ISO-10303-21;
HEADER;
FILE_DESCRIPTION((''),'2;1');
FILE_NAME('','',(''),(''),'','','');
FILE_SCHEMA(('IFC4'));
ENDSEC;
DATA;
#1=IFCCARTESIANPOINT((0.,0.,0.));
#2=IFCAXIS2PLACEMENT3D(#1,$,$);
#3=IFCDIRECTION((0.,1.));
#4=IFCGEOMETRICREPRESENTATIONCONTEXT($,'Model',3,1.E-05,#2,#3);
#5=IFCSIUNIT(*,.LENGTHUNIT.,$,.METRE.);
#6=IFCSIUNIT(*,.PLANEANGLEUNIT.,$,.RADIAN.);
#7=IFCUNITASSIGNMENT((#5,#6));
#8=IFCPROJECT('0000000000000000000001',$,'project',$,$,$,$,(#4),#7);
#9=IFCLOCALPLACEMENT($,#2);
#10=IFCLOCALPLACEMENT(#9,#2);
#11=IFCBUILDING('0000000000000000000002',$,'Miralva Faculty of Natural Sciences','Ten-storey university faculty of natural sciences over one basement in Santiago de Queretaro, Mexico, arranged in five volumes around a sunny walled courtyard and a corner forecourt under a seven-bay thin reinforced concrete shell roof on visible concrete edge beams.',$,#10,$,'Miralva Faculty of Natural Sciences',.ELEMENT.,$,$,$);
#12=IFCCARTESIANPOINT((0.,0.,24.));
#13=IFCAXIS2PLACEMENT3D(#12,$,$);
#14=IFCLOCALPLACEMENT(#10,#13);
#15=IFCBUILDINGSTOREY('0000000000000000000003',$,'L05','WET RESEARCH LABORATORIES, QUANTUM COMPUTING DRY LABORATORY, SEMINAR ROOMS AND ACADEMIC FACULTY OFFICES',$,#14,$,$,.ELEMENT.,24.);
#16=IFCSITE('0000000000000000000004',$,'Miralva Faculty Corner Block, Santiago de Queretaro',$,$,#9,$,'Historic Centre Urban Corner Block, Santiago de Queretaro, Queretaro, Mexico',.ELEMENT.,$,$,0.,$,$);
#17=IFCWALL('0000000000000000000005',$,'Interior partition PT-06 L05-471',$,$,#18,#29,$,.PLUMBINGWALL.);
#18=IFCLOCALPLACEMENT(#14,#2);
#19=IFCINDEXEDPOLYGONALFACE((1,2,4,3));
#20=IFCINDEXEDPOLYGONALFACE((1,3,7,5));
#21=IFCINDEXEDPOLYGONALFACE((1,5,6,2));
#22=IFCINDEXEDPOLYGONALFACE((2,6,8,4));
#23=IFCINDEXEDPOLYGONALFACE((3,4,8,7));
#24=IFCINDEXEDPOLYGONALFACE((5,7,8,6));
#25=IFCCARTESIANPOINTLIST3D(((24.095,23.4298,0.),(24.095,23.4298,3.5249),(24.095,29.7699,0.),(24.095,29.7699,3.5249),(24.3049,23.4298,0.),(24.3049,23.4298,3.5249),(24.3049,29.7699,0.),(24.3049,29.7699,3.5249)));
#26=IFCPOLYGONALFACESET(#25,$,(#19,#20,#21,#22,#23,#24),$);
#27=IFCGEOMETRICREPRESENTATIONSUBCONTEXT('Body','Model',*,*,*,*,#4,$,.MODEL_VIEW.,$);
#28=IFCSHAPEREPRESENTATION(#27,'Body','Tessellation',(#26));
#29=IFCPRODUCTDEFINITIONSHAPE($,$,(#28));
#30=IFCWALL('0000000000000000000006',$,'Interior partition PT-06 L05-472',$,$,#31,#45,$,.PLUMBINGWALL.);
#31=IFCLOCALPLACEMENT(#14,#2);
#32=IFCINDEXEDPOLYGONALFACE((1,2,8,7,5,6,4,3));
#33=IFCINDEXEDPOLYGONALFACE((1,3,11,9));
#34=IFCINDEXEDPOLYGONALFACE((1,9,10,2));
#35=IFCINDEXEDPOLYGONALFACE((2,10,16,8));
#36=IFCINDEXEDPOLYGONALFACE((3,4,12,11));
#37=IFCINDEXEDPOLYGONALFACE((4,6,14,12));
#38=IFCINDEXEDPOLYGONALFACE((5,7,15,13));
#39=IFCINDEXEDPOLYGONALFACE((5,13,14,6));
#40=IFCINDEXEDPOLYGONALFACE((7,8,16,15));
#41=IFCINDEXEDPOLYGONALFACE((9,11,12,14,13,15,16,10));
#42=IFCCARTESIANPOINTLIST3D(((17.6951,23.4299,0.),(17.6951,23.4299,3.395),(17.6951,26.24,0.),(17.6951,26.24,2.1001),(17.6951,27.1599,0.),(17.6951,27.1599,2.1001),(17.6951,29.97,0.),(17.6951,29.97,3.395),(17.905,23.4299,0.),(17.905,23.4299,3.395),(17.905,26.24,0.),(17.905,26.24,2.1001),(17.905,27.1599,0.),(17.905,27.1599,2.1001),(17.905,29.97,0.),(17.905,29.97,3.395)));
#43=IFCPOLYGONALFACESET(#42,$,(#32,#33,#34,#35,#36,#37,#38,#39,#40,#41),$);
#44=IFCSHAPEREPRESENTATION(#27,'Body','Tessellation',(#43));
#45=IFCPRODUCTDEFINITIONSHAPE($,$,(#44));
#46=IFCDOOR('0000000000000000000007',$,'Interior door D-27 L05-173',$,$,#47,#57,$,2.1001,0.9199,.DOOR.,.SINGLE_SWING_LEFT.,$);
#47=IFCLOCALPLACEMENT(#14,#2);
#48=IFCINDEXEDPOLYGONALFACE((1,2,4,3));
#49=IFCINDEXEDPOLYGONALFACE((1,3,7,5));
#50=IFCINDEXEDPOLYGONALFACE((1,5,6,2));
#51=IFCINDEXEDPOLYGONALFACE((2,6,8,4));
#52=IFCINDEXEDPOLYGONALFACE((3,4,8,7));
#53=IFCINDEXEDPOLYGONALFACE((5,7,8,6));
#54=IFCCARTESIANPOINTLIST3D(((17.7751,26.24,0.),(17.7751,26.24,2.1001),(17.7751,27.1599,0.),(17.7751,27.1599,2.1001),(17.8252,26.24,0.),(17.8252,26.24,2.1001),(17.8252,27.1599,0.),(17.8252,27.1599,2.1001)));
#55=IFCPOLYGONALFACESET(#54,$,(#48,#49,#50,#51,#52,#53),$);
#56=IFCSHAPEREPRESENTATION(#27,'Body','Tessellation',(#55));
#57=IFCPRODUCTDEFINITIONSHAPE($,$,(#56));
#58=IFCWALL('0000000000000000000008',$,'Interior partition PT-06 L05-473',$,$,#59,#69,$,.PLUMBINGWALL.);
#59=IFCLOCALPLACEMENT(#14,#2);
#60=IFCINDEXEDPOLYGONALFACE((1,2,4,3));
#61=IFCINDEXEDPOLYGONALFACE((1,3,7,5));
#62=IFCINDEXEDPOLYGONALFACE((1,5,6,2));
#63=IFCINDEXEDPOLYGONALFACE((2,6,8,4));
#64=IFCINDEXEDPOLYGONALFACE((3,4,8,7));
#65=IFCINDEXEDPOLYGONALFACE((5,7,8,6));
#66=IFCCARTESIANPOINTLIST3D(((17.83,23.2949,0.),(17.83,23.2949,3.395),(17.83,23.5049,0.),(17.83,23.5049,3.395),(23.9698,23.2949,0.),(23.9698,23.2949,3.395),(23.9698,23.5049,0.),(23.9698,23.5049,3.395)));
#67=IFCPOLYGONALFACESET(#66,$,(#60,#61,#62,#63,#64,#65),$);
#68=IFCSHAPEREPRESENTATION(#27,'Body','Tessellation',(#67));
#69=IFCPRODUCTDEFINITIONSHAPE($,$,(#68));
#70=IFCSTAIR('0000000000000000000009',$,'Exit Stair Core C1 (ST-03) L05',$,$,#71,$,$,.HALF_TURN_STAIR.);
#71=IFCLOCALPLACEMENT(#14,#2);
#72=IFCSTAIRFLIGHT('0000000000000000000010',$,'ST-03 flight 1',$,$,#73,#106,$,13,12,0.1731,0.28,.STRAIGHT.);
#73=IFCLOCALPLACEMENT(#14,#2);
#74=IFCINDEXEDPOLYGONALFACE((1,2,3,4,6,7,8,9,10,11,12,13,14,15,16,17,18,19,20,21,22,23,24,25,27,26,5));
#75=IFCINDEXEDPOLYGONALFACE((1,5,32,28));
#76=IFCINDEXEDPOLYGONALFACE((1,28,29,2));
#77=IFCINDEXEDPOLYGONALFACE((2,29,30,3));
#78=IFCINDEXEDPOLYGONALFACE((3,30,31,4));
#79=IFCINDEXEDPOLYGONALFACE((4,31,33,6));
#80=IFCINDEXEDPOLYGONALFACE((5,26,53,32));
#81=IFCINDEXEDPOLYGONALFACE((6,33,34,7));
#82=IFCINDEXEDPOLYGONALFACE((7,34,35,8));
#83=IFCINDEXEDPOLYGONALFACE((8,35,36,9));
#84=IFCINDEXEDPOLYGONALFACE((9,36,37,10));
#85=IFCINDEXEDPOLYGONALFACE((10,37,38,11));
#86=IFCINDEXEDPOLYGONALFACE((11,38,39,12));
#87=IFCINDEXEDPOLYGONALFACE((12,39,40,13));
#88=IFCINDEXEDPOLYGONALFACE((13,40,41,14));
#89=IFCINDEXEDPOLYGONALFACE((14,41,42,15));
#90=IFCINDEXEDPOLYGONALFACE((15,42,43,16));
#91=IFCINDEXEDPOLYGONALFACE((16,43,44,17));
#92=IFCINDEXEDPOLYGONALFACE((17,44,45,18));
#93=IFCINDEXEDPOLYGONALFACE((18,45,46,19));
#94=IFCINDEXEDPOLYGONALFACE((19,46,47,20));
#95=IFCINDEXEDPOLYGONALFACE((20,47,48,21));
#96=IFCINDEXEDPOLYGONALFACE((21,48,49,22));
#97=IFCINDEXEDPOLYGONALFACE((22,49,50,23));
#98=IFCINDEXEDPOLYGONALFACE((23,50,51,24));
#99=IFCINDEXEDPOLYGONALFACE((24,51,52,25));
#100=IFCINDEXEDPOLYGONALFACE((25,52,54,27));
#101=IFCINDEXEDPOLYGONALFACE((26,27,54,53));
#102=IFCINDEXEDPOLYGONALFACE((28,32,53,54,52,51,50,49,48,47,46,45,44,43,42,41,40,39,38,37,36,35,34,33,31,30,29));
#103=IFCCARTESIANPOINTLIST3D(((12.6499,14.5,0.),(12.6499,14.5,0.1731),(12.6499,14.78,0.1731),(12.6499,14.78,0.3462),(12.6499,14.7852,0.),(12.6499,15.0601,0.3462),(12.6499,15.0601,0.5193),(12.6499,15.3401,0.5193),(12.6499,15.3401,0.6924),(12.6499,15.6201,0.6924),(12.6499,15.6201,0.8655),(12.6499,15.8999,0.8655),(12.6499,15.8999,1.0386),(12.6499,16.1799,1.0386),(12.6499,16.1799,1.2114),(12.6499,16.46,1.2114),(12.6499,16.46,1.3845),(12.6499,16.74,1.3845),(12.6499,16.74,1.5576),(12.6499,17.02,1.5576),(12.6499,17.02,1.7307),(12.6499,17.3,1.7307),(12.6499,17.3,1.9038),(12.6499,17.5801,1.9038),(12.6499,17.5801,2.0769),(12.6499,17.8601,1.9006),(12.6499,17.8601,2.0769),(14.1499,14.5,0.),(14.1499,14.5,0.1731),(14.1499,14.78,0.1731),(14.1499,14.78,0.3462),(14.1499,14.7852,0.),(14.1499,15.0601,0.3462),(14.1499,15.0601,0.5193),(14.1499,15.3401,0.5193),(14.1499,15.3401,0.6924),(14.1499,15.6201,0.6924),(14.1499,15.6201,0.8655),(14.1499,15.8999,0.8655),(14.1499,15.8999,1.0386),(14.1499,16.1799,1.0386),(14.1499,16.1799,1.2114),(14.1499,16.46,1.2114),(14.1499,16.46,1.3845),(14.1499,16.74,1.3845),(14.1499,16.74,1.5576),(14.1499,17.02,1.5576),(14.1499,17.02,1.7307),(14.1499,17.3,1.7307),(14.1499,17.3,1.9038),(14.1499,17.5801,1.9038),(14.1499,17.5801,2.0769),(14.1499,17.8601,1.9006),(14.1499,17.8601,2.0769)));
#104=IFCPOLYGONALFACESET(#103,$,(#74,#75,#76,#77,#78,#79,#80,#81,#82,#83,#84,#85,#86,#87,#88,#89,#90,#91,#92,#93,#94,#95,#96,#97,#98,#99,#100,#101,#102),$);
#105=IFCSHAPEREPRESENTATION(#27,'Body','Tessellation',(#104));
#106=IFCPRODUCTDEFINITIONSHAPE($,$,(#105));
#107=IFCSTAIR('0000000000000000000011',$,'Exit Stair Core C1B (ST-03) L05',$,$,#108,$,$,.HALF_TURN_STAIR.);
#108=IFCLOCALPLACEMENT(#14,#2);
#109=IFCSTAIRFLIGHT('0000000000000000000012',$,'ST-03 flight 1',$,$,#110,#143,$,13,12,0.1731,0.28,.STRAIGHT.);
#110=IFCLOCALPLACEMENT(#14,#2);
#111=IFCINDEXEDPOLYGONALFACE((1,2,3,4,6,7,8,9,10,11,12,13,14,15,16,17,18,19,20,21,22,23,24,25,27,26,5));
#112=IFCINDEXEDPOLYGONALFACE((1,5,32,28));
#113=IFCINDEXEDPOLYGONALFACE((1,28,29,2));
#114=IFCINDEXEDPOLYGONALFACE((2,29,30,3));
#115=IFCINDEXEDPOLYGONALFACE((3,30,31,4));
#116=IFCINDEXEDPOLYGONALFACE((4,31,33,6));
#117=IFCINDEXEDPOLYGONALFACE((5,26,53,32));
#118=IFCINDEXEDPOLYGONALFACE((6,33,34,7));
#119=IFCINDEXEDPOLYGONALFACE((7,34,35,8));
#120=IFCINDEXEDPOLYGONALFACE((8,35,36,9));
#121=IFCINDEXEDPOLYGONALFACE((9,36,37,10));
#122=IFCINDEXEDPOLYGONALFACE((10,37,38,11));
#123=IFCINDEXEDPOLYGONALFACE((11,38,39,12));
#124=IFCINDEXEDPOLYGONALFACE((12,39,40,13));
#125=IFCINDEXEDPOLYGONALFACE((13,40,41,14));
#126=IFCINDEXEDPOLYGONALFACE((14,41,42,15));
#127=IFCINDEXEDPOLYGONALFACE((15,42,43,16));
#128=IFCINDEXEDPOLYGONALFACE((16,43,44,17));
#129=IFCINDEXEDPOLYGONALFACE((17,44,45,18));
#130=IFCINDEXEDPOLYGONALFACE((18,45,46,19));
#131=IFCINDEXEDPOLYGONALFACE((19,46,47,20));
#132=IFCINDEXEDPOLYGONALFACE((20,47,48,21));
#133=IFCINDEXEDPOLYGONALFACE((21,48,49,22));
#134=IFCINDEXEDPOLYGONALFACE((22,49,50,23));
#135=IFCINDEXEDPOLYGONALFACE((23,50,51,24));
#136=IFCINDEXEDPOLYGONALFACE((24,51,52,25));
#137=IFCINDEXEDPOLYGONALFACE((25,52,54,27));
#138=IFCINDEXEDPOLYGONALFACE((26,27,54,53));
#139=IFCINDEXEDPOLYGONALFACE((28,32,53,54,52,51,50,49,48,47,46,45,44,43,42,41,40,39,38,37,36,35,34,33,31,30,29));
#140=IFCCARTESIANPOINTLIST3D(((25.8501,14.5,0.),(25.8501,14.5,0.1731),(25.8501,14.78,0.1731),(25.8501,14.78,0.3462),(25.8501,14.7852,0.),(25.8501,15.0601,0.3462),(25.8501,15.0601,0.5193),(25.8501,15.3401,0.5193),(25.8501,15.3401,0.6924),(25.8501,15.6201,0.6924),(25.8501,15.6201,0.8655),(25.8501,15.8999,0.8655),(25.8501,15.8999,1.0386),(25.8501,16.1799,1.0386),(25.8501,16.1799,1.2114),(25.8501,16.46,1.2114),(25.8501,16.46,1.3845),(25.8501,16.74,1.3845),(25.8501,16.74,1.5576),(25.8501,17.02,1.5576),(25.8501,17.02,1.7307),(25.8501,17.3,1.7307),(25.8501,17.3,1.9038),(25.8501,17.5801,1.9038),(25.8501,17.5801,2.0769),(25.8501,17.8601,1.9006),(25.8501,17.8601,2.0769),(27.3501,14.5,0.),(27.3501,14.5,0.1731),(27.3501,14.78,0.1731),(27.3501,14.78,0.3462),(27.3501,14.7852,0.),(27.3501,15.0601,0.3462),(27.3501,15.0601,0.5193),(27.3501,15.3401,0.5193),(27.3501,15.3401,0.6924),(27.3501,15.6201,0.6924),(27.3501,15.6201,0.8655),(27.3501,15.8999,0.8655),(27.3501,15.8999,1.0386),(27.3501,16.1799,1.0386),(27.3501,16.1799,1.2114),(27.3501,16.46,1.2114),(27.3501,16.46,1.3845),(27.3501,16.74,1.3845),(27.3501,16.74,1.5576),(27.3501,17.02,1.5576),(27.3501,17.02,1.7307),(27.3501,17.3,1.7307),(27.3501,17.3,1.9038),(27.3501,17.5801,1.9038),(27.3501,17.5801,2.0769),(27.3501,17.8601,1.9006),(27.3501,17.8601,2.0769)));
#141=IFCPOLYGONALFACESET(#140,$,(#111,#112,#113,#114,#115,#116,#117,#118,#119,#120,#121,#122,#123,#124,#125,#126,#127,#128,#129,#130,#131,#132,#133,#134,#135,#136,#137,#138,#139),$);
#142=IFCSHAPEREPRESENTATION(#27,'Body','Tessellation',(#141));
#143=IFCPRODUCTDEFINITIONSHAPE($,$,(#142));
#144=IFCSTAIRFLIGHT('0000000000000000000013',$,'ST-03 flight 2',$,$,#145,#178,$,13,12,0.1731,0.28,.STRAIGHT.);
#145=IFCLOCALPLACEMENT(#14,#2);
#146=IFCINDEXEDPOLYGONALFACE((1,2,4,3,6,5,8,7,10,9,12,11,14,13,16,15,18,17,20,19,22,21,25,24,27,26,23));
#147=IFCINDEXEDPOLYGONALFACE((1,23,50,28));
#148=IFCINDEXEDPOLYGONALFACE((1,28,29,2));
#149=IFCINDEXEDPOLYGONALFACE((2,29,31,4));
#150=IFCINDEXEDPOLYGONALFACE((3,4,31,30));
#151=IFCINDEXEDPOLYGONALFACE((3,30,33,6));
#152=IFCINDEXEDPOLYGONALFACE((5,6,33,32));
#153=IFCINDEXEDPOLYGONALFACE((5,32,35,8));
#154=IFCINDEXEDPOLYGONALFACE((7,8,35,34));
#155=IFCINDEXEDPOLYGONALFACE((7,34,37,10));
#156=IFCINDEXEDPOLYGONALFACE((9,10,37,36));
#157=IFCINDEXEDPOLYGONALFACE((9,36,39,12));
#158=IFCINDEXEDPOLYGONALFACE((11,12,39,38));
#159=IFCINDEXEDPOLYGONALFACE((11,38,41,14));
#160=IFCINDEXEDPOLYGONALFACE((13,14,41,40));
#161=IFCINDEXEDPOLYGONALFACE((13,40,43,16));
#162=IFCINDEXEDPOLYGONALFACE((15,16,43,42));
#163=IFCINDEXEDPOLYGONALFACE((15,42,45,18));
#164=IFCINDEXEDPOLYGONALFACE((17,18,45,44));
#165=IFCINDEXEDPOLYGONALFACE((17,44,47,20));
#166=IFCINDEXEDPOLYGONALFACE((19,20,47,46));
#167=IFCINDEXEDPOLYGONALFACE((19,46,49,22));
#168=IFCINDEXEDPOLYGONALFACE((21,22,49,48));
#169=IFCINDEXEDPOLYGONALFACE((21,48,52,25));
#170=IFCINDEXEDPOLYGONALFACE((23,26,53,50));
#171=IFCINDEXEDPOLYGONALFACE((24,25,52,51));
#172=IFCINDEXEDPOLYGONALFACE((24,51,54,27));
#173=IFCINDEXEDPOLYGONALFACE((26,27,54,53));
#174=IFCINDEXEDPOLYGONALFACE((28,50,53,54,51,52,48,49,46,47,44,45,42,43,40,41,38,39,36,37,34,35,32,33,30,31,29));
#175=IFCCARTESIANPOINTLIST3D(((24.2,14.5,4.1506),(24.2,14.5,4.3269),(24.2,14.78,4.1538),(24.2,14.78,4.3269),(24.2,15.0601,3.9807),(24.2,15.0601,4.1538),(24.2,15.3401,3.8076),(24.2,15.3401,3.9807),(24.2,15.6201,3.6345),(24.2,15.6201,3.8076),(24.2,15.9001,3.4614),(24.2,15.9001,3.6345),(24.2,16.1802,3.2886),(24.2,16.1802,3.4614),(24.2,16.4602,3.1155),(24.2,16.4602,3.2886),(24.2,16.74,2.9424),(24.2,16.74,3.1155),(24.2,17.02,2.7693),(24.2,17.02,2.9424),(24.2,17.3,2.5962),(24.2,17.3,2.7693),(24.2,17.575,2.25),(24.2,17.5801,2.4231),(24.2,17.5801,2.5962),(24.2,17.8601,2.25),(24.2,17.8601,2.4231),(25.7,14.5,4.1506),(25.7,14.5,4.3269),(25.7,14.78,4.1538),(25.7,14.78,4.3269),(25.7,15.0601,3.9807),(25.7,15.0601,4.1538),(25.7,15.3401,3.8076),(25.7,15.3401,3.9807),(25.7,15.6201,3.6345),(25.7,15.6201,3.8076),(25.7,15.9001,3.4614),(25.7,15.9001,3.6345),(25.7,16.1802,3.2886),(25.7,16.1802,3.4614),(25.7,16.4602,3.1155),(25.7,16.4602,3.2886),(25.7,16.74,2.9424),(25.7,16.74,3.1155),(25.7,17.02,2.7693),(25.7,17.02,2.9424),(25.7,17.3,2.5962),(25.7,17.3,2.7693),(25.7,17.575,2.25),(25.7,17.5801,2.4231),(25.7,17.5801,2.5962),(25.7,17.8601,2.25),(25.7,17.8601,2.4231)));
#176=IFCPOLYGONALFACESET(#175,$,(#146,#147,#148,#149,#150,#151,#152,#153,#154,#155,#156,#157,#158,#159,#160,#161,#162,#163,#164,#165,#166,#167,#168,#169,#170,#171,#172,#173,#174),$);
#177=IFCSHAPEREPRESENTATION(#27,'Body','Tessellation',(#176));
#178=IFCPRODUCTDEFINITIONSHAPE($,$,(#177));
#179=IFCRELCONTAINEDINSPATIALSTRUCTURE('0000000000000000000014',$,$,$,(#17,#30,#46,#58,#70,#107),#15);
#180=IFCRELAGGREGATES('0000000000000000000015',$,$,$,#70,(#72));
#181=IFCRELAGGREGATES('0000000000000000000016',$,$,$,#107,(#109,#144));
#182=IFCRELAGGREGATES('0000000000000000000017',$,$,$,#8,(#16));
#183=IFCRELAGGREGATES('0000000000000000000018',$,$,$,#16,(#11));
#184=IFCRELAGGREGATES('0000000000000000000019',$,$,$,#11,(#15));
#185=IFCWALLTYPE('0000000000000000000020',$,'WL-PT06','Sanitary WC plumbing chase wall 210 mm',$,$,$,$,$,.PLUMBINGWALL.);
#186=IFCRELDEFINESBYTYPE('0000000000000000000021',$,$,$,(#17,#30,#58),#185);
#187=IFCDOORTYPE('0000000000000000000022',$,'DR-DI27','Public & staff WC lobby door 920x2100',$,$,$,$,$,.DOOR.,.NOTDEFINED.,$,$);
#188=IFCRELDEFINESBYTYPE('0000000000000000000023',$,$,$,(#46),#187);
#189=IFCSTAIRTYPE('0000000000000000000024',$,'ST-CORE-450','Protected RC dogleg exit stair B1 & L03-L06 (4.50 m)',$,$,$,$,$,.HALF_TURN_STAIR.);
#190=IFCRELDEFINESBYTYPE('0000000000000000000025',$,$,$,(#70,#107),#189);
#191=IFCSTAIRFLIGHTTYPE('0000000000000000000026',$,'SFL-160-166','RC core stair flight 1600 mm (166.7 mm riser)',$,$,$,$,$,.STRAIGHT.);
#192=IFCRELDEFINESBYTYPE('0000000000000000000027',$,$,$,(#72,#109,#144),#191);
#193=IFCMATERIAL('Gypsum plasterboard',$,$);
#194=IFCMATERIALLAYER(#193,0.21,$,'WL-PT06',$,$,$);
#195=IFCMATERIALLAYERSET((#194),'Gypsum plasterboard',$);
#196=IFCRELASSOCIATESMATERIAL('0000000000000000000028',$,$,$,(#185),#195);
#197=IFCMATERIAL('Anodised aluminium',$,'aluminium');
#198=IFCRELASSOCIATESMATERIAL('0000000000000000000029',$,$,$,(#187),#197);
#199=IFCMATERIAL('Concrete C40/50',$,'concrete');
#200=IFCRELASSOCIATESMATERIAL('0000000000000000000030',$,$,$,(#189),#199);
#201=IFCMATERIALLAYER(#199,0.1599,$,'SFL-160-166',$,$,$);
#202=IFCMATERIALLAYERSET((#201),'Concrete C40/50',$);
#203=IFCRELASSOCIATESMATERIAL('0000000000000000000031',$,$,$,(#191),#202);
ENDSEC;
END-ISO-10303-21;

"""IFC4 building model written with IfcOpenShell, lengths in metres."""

from ifc_helpers import new_model, si_unit, direction, frame, frame_2d, origin, place, context, subcontext, project, spatial, polyline, rectangle, outline, extrude, material, layer, layer_set, type_object, element, fill, aggregate, save


model = new_model("IFC4")

# Units and contexts
model_context = context("Model", 3, precision=1e-05, world=origin(), true_north=direction((0.0, 1.0)))
body_context = subcontext(model_context, "Body", "Model", "MODEL_VIEW")
ifc_project = project(units=[si_unit("LENGTHUNIT", "METRE"), si_unit("PLANEANGLEUNIT", "RADIAN")], contexts=[model_context])

# Site, building, storey
site_placement = place(None, origin())
site = spatial("IfcSite", under=ifc_project, at=site_placement, Name="Miralva Faculty Corner Block, Santiago de Queretaro", LongName="Historic Centre Urban Corner Block, Santiago de Queretaro, Queretaro, Mexico", CompositionType="ELEMENT", RefElevation=0.0)
building_placement = place(site_placement, origin())
building = spatial("IfcBuilding", under=site, at=building_placement, Name="Miralva Faculty of Natural Sciences", Description="Ten-storey university faculty of natural sciences over one basement in Santiago de Queretaro, Mexico, arranged in five volumes around a sunny walled courtyard and a corner forecourt under a seven-bay thin reinforced concrete shell roof on visible concrete edge beams.", LongName="Miralva Faculty of Natural Sciences", CompositionType="ELEMENT")
storey_placement = place(building_placement, frame((0.0, 0.0, 24.0)))
storey = spatial("IfcBuildingStorey", under=building, at=storey_placement, Name="L05", Description="WET RESEARCH LABORATORIES, QUANTUM COMPUTING DRY LABORATORY, SEMINAR ROOMS AND ACADEMIC FACULTY OFFICES", CompositionType="ELEMENT", Elevation=24.0)

# Shared definitions
ifc_material_1 = material(Name="Concrete C40/50", Category="concrete")

# Shared definitions
ifc_material_2 = material(Name="Gypsum plasterboard")
ifc_material_3 = material(Name="Anodised aluminium", Category="aluminium")

# Wall
ifc_layer_1 = layer(ifc_material_2, 0.21, Name="WL-PT06")
ifc_layer_set_1 = layer_set([ifc_layer_1], Name="Gypsum plasterboard")
wall_type_1 = type_object("IfcWallType", Name="WL-PT06", Description="Sanitary WC plumbing chase wall 210 mm", PredefinedType="PLUMBINGWALL", material=ifc_layer_set_1)
wall_1_placement = place(storey_placement, frame((24.2, 23.4299, 0.0), z_axis=(0.0, 0.0, 1.0), x_axis=(0.0, 1.0, 0.0)))
element("IfcWall", 1, at=wall_1_placement, inside=storey, type_object=wall_type_1, Name="Interior partition PT-06 L05-471", PredefinedType="PLUMBINGWALL", context=body_context, shape_type="SweptSolid", body=[
    extrude(rectangle(XDim=6.3401, YDim=0.21, at=frame_2d((3.1699, 0.0))), origin(), (0.0, 0.0, 1.0), 3.5249),
])

# Wall, opening, door
wall_2_placement = place(storey_placement, frame((17.8, 23.4299, 0.0), z_axis=(0.0, 0.0, 1.0), x_axis=(0.0, 1.0, 0.0)))
wall_2 = element("IfcWall", 2, at=wall_2_placement, inside=storey, type_object=wall_type_1, Name="Interior partition PT-06 L05-472", PredefinedType="PLUMBINGWALL", context=body_context, shape_type="SweptSolid", body=[
    extrude(rectangle(XDim=6.54, YDim=0.21, at=frame_2d((3.27, 0.0))), origin(), (0.0, 0.0, 1.0), 3.395),
])
opening_1_placement = place(wall_2_placement, frame((2.8101, 0.0, 0.0)))
opening_1 = element("IfcOpeningElement", 3, at=opening_1_placement, cuts=wall_2, PredefinedType="OPENING", context=body_context, shape_type="SweptSolid", body=[
    extrude(rectangle(XDim=0.9199, YDim=2.1001, at=frame_2d((0.46, 1.05))), frame((0.0, 0.115, 0.0), z_axis=(0.0, -1.0, 0.0), x_axis=(1.0, 0.0, 0.0)), (0.0, 0.0, 1.0), 0.23),
])
door_type_1 = type_object("IfcDoorType", Name="DR-DI27", Description="Public & staff WC lobby door 920x2100", OperationType="NOTDEFINED", PredefinedType="DOOR", material=ifc_material_3)
door_1_placement = place(opening_1_placement, origin())
door_1 = element("IfcDoor", 4, at=door_1_placement, inside=storey, type_object=door_type_1, Name="Interior door D-27 L05-173", OperationType="SINGLE_SWING_LEFT", OverallHeight=2.1001, OverallWidth=0.9199, PredefinedType="DOOR", context=body_context, shape_type="SweptSolid", body=[
    extrude(rectangle(XDim=0.9199, YDim=2.1001, at=frame_2d((0.46, 1.05))), frame((0.0, 0.0249, 0.0), z_axis=(0.0, -1.0, 0.0), x_axis=(1.0, 0.0, 0.0)), (0.0, 0.0, 1.0), 0.05),
])
fill(opening_1, door_1)

# Wall
wall_3_placement = place(storey_placement, frame((17.8301, 23.3999, 0.0), z_axis=(0.0, 0.0, 1.0), x_axis=(1.0, 0.0, 0.0)))
element("IfcWall", 5, at=wall_3_placement, inside=storey, type_object=wall_type_1, Name="Interior partition PT-06 L05-473", PredefinedType="PLUMBINGWALL", context=body_context, shape_type="SweptSolid", body=[
    extrude(rectangle(XDim=6.1399, YDim=0.21, at=frame_2d((3.0698, 0.0))), origin(), (0.0, 0.0, 1.0), 3.395),
])

# Stair, stair flight
stair_type = type_object("IfcStairType", Name="ST-CORE-450", Description="Protected RC dogleg exit stair B1 & L03-L06 (4.50 m)", PredefinedType="HALF_TURN_STAIR", material=ifc_material_1)
stair_1_placement = place(storey_placement, origin())
stair_1 = element("IfcStair", 6, at=stair_1_placement, inside=storey, type_object=stair_type, Name="Exit Stair Core C1 (ST-03) L05", PredefinedType="HALF_TURN_STAIR")
ifc_layer_2 = layer(ifc_material_1, 0.1599, Name="SFL-160-166")
ifc_layer_set_2 = layer_set([ifc_layer_2], Name="Concrete C40/50")
stair_flight_type = type_object("IfcStairFlightType", Name="SFL-160-166", Description="RC core stair flight 1600 mm (166.7 mm riser)", PredefinedType="STRAIGHT", material=ifc_layer_set_2)
stair_flight_1_placement = place(storey_placement, frame((13.3999, 14.5, 0.0), z_axis=(0.0, 0.0, 1.0), x_axis=(0.0, 1.0, 0.0)))
stair_flight_1 = element("IfcStairFlight", 7, at=stair_flight_1_placement, type_object=stair_flight_type, Name="ST-03 flight 1", NumberOfRisers=13, NumberOfTreads=12, PredefinedType="STRAIGHT", RiserHeight=0.1731, TreadLength=0.28, context=body_context, shape_type="SweptSolid", body=[
    extrude(outline(polyline([(0.0, 0.0), (0.0, 0.1731), (0.28, 0.1731), (0.28, 0.3462), (0.5601, 0.3462), (0.5601, 0.5193), (0.8401, 0.5193), (0.8401, 0.6924), (1.1201, 0.6924), (1.1201, 0.8655), (1.3999, 0.8655), (1.3999, 1.0386), (1.6799, 1.0386), (1.6799, 1.2114), (1.96, 1.2114), (1.96, 1.3845), (2.24, 1.3845), (2.24, 1.5576), (2.52, 1.5576), (2.52, 1.7307), (2.8, 1.7307), (2.8, 1.9038), (3.0801, 1.9038), (3.0801, 2.0769), (3.3601, 2.0769), (3.3601, 2.25), (3.3601, 1.9006), (0.2852, 0.0), (0.0, 0.0)])), frame((0.0, 0.75, 0.0), z_axis=(0.0, -1.0, 0.0), x_axis=(1.0, 0.0, 0.0)), (0.0, 0.0, 1.0), 1.5),
])
aggregate(stair_1, [stair_flight_1])

# Stair, stair flights
stair_2_placement = place(storey_placement, origin())
stair_2 = element("IfcStair", 8, at=stair_2_placement, inside=storey, type_object=stair_type, Name="Exit Stair Core C1B (ST-03) L05", PredefinedType="HALF_TURN_STAIR")
stair_flight_2_placement = place(storey_placement, frame((26.6001, 14.5, 0.0), z_axis=(0.0, 0.0, 1.0), x_axis=(0.0, 1.0, 0.0)))
stair_flight_2 = element("IfcStairFlight", 9, at=stair_flight_2_placement, type_object=stair_flight_type, Name="ST-03 flight 1", NumberOfRisers=13, NumberOfTreads=12, PredefinedType="STRAIGHT", RiserHeight=0.1731, TreadLength=0.28, context=body_context, shape_type="SweptSolid", body=[
    extrude(outline(polyline([(0.0, 0.0), (0.0, 0.1731), (0.28, 0.1731), (0.28, 0.3462), (0.5601, 0.3462), (0.5601, 0.5193), (0.8401, 0.5193), (0.8401, 0.6924), (1.1201, 0.6924), (1.1201, 0.8655), (1.3999, 0.8655), (1.3999, 1.0386), (1.6799, 1.0386), (1.6799, 1.2114), (1.96, 1.2114), (1.96, 1.3845), (2.24, 1.3845), (2.24, 1.5576), (2.52, 1.5576), (2.52, 1.7307), (2.8, 1.7307), (2.8, 1.9038), (3.0801, 1.9038), (3.0801, 2.0769), (3.3601, 2.0769), (3.3601, 2.25), (3.3601, 1.9006), (0.2852, 0.0), (0.0, 0.0)])), frame((0.0, 0.75, 0.0), z_axis=(0.0, -1.0, 0.0), x_axis=(1.0, 0.0, 0.0)), (0.0, 0.0, 1.0), 1.5),
])
stair_flight_3_placement = place(storey_placement, frame((24.95, 17.8601, 2.25), z_axis=(0.0, 0.0, 1.0), x_axis=(0.0, -1.0, 0.0)))
stair_flight_3 = element("IfcStairFlight", 10, at=stair_flight_3_placement, type_object=stair_flight_type, Name="ST-03 flight 2", NumberOfRisers=13, NumberOfTreads=12, PredefinedType="STRAIGHT", RiserHeight=0.1731, TreadLength=0.28, context=body_context, shape_type="SweptSolid", body=[
    extrude(outline(polyline([(0.0, 0.0), (0.0, 0.1731), (0.28, 0.1731), (0.28, 0.3462), (0.5601, 0.3462), (0.5601, 0.5193), (0.8401, 0.5193), (0.8401, 0.6924), (1.1201, 0.6924), (1.1201, 0.8655), (1.3999, 0.8655), (1.3999, 1.0386), (1.6799, 1.0386), (1.6799, 1.2114), (1.96, 1.2114), (1.96, 1.3845), (2.24, 1.3845), (2.24, 1.5576), (2.52, 1.5576), (2.52, 1.7307), (2.8, 1.7307), (2.8, 1.9038), (3.0801, 1.9038), (3.0801, 2.0769), (3.3601, 2.0769), (3.3601, 2.25), (3.3601, 1.9006), (0.2852, 0.0), (0.0, 0.0)])), frame((0.0, 0.75, 0.0), z_axis=(0.0, -1.0, 0.0), x_axis=(1.0, 0.0, 0.0)), (0.0, 0.0, 1.0), 1.5),
])
aggregate(stair_2, [stair_flight_2, stair_flight_3])

save(model, "model.ifc")
